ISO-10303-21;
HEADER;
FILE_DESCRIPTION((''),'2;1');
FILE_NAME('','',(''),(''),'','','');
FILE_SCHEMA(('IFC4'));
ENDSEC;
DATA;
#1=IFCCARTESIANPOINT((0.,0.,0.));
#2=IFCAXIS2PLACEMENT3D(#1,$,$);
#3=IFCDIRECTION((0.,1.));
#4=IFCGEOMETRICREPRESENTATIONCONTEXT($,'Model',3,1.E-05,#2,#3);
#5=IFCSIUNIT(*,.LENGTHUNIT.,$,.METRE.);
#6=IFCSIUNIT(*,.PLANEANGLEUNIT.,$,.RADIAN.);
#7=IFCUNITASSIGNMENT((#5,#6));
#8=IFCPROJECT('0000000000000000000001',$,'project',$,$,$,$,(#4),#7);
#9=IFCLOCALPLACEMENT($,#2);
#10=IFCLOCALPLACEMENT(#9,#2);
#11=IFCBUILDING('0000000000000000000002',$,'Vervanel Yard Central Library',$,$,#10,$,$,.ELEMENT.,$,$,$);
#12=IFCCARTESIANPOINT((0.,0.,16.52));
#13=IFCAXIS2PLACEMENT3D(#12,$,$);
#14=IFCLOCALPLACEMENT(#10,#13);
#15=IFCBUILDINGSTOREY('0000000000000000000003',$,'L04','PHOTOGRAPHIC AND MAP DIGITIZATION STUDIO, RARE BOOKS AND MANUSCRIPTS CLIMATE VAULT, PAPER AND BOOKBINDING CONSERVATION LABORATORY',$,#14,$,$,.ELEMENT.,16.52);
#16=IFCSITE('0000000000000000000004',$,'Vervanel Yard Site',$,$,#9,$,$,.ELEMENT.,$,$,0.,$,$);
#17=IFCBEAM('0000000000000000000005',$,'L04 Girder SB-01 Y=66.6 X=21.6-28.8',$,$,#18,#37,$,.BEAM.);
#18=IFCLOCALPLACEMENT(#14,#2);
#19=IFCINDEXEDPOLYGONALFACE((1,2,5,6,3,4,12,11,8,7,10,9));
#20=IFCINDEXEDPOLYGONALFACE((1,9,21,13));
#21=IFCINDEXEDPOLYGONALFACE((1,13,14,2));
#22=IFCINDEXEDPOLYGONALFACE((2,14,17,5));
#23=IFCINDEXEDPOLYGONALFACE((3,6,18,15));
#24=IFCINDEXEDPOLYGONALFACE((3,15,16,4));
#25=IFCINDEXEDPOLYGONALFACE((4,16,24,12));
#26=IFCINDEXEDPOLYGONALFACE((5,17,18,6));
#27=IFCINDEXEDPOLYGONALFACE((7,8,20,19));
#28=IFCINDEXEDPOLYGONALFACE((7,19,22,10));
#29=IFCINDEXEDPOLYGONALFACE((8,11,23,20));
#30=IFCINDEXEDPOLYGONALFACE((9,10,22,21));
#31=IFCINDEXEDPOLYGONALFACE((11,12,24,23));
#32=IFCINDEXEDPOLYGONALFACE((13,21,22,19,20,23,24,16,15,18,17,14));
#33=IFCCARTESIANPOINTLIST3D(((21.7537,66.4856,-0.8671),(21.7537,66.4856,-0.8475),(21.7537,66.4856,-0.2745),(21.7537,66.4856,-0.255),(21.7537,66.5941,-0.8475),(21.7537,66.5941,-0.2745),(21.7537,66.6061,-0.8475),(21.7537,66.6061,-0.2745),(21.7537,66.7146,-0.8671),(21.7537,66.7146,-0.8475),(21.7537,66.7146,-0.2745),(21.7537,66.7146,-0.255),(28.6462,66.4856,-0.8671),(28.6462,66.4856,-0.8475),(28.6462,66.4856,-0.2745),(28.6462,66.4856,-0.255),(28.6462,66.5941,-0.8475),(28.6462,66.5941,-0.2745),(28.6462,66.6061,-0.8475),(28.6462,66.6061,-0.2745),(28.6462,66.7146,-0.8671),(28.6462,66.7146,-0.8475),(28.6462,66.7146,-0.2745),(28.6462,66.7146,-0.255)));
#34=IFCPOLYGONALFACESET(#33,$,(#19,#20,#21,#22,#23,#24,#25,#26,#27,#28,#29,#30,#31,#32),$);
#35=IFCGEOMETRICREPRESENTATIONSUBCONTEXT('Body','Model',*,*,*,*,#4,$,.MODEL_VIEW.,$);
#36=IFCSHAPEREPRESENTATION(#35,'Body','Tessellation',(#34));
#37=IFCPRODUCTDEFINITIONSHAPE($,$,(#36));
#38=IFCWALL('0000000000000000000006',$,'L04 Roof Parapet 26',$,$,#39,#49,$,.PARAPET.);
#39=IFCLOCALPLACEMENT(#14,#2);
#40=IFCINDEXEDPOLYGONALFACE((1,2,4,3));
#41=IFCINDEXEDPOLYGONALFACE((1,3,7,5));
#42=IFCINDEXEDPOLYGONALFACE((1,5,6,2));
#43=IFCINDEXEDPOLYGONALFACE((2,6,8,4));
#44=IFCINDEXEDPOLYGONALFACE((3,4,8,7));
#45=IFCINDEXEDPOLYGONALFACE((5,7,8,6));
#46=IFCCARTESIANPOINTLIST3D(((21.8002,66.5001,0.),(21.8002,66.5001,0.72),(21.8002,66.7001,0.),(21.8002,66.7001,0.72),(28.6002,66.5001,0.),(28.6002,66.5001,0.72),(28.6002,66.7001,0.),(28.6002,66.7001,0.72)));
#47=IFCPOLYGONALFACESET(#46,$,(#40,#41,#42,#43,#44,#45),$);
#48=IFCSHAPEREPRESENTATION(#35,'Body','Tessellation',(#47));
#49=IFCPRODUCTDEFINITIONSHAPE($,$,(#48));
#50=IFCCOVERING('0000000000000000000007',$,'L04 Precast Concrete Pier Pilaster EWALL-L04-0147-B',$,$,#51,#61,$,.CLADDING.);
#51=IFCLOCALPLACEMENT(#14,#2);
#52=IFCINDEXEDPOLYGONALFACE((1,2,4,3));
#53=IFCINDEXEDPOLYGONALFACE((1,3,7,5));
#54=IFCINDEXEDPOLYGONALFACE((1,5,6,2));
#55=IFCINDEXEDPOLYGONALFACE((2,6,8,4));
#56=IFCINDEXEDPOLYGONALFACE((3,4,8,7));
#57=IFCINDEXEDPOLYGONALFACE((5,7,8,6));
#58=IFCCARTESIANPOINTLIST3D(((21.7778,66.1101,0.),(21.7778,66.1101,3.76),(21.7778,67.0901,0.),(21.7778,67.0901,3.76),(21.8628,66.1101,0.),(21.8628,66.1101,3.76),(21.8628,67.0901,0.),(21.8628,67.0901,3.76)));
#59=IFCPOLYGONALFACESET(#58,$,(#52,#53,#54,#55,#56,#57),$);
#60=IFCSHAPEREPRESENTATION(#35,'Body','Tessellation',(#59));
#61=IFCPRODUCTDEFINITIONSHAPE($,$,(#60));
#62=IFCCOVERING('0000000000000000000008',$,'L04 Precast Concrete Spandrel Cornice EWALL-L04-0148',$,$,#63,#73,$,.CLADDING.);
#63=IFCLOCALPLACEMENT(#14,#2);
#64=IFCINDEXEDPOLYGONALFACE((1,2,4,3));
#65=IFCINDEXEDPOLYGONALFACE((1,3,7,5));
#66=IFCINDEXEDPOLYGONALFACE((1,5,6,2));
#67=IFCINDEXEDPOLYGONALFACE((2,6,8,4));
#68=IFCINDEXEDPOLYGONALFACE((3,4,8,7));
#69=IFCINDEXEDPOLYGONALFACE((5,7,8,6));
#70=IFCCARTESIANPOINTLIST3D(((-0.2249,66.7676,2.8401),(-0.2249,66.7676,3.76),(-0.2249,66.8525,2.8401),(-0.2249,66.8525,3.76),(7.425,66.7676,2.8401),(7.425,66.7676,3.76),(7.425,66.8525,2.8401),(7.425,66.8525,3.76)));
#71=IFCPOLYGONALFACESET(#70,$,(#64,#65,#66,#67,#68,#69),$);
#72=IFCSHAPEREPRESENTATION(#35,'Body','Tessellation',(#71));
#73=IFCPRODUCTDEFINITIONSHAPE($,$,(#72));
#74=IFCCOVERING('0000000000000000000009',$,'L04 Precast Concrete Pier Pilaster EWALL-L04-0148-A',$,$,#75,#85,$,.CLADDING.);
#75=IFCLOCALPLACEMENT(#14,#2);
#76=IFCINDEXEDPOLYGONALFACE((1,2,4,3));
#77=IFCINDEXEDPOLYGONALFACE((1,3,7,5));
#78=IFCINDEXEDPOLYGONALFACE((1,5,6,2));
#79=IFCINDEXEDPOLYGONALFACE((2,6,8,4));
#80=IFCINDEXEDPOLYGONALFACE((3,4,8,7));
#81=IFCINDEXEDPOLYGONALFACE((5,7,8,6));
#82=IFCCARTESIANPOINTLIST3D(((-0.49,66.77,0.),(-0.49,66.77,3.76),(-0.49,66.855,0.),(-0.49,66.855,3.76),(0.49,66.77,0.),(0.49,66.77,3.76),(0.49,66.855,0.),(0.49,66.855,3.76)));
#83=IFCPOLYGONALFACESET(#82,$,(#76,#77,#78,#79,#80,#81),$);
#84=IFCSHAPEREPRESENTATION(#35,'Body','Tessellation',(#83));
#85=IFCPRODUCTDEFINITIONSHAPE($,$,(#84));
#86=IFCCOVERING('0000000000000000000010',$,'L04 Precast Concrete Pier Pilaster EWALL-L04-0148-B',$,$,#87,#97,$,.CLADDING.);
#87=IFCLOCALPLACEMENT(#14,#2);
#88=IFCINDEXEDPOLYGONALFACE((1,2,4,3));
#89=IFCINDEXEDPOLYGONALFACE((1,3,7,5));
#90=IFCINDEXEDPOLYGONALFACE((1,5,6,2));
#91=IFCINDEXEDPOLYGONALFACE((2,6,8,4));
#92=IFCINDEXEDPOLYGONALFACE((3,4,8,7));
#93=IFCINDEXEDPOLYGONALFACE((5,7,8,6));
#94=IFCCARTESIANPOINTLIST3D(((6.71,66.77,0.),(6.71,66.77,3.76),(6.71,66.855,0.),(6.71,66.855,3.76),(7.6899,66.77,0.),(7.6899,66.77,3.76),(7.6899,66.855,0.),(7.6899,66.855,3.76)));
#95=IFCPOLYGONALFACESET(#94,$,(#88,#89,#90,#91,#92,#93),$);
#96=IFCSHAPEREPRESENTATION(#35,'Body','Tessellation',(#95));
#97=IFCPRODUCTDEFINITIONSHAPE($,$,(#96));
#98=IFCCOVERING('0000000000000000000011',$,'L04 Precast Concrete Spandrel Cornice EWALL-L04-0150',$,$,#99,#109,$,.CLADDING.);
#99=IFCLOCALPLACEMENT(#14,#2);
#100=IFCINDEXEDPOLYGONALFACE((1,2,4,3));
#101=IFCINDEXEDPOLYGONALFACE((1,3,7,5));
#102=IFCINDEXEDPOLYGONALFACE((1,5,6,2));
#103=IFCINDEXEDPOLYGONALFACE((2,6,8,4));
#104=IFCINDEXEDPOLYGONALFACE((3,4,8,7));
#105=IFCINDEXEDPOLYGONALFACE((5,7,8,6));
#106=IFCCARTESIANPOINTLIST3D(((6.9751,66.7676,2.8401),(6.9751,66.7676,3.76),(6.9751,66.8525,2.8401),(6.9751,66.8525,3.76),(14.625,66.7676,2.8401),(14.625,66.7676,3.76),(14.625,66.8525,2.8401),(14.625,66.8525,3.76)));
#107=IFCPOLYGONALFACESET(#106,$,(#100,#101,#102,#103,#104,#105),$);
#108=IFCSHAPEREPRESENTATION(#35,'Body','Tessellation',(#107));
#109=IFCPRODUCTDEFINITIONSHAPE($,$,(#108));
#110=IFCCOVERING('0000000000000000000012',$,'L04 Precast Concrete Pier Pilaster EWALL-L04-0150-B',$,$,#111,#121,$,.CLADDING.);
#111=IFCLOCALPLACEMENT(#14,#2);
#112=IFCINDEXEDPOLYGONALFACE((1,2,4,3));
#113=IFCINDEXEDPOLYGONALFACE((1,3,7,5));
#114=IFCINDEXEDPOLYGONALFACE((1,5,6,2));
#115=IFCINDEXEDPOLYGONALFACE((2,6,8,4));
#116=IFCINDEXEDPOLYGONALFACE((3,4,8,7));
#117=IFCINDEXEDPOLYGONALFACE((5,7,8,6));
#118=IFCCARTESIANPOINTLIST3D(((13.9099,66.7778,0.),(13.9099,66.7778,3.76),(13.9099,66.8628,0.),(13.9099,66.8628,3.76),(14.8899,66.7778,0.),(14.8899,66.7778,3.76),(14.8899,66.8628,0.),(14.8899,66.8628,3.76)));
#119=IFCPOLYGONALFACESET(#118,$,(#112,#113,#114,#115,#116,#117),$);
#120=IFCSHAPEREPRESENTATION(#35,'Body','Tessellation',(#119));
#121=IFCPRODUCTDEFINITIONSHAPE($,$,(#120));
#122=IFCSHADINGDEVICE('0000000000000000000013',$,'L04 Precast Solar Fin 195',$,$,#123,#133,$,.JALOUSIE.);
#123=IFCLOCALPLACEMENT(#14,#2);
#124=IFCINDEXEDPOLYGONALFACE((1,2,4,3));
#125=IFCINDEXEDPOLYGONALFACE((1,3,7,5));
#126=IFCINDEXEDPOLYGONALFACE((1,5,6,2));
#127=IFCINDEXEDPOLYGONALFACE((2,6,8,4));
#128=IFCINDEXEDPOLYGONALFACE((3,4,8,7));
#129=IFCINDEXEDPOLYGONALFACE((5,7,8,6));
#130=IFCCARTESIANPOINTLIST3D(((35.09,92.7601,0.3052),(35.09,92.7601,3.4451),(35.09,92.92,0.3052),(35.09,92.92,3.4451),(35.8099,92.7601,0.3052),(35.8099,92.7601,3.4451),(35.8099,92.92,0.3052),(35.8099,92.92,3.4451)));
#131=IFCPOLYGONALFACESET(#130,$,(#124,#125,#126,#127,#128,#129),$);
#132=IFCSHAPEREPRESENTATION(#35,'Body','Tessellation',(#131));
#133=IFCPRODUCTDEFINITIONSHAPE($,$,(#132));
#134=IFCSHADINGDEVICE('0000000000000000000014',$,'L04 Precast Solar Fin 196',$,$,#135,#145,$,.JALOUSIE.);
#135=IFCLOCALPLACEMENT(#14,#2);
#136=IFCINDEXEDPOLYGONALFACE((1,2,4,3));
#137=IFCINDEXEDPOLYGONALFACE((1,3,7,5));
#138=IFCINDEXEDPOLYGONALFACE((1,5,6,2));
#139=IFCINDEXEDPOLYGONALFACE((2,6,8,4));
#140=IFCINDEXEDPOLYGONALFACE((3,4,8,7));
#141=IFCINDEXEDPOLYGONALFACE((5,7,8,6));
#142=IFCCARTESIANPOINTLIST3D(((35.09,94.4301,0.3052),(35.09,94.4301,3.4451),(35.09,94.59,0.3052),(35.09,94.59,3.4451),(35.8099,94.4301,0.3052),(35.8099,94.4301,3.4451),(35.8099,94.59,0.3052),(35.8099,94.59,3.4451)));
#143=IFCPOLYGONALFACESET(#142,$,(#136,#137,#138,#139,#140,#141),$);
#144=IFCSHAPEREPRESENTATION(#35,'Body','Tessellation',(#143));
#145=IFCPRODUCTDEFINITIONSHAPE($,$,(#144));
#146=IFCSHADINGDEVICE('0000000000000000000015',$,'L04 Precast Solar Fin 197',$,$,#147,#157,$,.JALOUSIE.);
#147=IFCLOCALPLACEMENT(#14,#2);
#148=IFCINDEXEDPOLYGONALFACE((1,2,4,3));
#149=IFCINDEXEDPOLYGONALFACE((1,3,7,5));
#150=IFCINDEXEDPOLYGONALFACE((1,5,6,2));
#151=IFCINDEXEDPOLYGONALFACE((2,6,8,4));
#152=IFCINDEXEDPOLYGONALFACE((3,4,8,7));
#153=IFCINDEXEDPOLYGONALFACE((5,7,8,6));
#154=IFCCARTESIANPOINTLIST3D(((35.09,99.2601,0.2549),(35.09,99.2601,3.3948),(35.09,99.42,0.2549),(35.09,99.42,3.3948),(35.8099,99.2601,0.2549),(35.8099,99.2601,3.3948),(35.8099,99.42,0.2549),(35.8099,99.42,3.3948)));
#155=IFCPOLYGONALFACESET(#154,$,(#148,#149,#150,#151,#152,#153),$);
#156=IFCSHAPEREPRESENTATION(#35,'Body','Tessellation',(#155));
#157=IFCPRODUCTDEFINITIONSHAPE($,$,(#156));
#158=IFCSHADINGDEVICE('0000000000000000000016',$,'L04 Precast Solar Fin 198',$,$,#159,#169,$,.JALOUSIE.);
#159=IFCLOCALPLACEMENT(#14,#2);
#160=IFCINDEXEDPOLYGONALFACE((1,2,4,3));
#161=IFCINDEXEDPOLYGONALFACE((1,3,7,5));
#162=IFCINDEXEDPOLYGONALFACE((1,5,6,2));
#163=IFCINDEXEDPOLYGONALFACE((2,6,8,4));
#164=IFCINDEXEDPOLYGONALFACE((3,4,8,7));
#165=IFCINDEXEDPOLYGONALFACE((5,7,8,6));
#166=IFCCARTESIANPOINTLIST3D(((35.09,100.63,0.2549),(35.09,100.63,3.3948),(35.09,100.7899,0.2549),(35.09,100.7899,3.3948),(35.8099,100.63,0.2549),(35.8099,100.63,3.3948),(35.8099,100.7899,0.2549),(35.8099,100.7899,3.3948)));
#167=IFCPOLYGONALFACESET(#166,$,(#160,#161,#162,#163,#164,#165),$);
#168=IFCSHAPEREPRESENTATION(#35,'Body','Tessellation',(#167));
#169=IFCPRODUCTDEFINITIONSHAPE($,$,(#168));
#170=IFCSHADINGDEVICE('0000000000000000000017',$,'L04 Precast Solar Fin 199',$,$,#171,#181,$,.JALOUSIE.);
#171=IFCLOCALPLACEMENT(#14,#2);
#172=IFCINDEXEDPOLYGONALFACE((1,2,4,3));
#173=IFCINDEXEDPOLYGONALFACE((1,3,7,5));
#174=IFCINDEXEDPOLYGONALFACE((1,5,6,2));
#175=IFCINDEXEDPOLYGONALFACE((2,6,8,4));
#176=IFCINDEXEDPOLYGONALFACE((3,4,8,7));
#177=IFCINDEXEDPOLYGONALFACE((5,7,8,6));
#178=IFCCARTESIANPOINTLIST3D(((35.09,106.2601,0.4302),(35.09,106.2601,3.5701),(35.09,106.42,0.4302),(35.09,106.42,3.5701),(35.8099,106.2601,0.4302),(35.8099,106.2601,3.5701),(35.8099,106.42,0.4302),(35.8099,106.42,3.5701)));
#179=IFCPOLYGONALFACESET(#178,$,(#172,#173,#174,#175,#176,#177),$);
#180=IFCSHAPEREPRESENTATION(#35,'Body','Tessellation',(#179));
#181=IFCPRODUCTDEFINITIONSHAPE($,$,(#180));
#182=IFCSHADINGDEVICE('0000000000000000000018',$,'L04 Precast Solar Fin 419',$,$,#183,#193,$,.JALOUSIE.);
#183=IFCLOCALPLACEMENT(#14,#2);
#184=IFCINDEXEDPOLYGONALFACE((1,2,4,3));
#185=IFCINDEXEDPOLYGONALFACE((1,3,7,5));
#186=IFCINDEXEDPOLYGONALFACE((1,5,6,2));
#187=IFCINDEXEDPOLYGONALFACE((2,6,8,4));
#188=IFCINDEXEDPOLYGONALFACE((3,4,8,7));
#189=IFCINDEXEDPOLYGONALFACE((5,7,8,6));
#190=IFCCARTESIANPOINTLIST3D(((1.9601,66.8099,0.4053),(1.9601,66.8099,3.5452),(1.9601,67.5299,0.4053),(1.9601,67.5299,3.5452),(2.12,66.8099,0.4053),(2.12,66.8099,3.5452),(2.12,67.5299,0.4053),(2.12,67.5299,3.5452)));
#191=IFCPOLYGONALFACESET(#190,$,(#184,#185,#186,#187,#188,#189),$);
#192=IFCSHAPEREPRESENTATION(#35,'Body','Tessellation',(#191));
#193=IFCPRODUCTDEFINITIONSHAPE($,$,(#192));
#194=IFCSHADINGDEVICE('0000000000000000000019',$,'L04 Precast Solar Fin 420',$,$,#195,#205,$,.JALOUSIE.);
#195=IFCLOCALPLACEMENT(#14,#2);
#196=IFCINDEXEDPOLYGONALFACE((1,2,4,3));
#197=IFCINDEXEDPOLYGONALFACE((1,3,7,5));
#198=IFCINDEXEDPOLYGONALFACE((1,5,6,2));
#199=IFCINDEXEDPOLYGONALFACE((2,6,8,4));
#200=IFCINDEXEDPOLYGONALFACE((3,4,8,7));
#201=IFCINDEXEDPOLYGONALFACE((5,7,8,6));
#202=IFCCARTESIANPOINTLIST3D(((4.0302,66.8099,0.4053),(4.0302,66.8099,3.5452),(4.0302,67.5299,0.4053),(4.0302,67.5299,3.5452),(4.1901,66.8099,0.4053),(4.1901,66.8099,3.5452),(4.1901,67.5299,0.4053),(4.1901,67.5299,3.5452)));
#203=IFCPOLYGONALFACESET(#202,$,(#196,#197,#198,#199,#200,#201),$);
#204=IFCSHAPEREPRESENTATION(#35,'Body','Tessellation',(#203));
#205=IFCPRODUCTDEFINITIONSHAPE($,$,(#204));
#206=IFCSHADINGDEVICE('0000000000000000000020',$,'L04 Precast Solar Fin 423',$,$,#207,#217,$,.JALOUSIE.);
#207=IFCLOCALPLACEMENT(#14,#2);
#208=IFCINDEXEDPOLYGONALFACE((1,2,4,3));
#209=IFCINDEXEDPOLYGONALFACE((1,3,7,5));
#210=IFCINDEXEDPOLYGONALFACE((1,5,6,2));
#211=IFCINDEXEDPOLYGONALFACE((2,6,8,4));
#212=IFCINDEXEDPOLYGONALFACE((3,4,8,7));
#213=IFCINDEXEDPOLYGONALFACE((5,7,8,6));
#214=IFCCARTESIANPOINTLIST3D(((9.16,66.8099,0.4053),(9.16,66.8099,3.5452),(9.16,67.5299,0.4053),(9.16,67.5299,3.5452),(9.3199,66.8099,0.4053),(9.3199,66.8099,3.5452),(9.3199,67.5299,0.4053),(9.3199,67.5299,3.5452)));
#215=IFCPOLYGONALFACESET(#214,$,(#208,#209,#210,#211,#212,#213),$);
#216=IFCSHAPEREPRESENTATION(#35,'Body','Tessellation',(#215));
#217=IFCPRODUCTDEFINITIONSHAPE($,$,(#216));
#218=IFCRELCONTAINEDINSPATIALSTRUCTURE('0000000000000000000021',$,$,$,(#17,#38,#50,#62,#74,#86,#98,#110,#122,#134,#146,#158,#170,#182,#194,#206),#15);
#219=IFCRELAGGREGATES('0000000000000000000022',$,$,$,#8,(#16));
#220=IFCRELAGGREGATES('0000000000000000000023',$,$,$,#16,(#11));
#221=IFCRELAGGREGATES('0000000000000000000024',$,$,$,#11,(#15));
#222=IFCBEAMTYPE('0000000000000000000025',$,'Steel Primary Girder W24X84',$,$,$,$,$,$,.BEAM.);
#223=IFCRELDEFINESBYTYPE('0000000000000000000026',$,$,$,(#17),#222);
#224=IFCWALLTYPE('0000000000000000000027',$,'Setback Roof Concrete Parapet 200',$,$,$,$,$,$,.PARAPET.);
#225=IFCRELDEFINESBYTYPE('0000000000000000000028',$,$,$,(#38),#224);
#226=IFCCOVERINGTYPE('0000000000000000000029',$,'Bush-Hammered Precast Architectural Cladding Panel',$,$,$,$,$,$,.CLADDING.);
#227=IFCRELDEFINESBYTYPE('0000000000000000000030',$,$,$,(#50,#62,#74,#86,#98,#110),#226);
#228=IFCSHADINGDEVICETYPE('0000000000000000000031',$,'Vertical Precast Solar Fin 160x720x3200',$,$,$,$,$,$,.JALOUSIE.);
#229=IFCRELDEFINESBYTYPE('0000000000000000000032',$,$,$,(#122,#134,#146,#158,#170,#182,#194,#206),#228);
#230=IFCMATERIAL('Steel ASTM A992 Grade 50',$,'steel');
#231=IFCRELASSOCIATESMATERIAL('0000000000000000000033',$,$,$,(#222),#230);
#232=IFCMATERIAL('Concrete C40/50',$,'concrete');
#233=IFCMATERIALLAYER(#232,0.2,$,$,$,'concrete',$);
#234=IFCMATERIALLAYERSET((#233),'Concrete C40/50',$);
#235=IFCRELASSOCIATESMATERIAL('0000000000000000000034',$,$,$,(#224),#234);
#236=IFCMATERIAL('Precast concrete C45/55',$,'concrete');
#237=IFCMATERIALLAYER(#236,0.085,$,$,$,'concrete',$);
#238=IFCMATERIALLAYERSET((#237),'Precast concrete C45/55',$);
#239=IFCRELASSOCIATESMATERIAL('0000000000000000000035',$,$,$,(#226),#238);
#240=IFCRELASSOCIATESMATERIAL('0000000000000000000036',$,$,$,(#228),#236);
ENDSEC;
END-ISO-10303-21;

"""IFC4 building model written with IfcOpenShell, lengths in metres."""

from ifc_helpers import new_model, si_unit, direction, frame, frame_2d, origin, origin_2d, place, context, subcontext, project, spatial, rectangle, i_section, extrude, material, layer, layer_set, material_profile, profile_set, type_object, element, save


model = new_model("IFC4")

# Units and contexts
model_context = context("Model", 3, precision=1e-05, world=origin(), true_north=direction((0.0, 1.0)))
body_context = subcontext(model_context, "Body", "Model", "MODEL_VIEW")
ifc_project = project(units=[si_unit("LENGTHUNIT", "METRE"), si_unit("PLANEANGLEUNIT", "RADIAN")], contexts=[model_context])

# Site, building, storey
site_placement = place(None, origin())
site = spatial("IfcSite", under=ifc_project, at=site_placement, Name="Vervanel Yard Site", CompositionType="ELEMENT", RefElevation=0.0)
building_placement = place(site_placement, origin())
building = spatial("IfcBuilding", under=site, at=building_placement, Name="Vervanel Yard Central Library", CompositionType="ELEMENT")
storey_placement = place(building_placement, frame((0.0, 0.0, 16.52)))
storey = spatial("IfcBuildingStorey", under=building, at=storey_placement, Name="L04", Description="PHOTOGRAPHIC AND MAP DIGITIZATION STUDIO, RARE BOOKS AND MANUSCRIPTS CLIMATE VAULT, PAPER AND BOOKBINDING CONSERVATION LABORATORY", CompositionType="ELEMENT", Elevation=16.52)

# Beam
ifc_material_1 = material(Name="Steel ASTM A992 Grade 50", Category="steel")
ifc_material_profile = material_profile(ifc_material_1, i_section(OverallWidth=0.229, OverallDepth=0.6121, WebThickness=0.012, FlangeThickness=0.0195, at=origin_2d()), Name="W24X84", Category="steel")
ifc_profile_set = profile_set([ifc_material_profile], Name="Steel ASTM A992 Grade 50")
beam_type = type_object("IfcBeamType", Name="Steel Primary Girder W24X84", PredefinedType="BEAM", material=ifc_profile_set)
beam_placement = place(storey_placement, frame((21.7537, 66.6001, -0.561), z_axis=(1.0, 0.0, 0.0), x_axis=(0.0, 1.0, 0.0)))
element("IfcBeam", 1, at=beam_placement, inside=storey, type_object=beam_type, Name="L04 Girder SB-01 Y=66.6 X=21.6-28.8", PredefinedType="BEAM", context=body_context, shape_type="SweptSolid", body=[
    extrude(i_section(OverallWidth=0.229, OverallDepth=0.6121, WebThickness=0.012, FlangeThickness=0.0195, at=origin_2d()), origin(), (0.0, 0.0, 1.0), 6.8926),
])

# Wall
ifc_material_2 = material(Name="Concrete C40/50", Category="concrete")
ifc_layer_1 = layer(ifc_material_2, 0.2, Category="concrete")
ifc_layer_set_1 = layer_set([ifc_layer_1], Name="Concrete C40/50")
wall_type = type_object("IfcWallType", Name="Setback Roof Concrete Parapet 200", PredefinedType="PARAPET", material=ifc_layer_set_1)
wall_placement = place(storey_placement, frame((28.6001, 66.6001, 0.0), z_axis=(0.0, 0.0, 1.0), x_axis=(-1.0, 0.0, 0.0)))
element("IfcWall", 2, at=wall_placement, inside=storey, type_object=wall_type, Name="L04 Roof Parapet 26", PredefinedType="PARAPET", context=body_context, shape_type="SweptSolid", body=[
    extrude(rectangle(XDim=6.8, YDim=0.2, at=frame_2d((3.3999, 0.0))), origin(), (0.0, 0.0, 1.0), 0.72),
])

# Coverings
ifc_material_3 = material(Name="Precast concrete C45/55", Category="concrete")
ifc_layer_2 = layer(ifc_material_3, 0.085, Category="concrete")
ifc_layer_set_2 = layer_set([ifc_layer_2], Name="Precast concrete C45/55")
covering_type = type_object("IfcCoveringType", Name="Bush-Hammered Precast Architectural Cladding Panel", PredefinedType="CLADDING", material=ifc_layer_set_2)
covering_1_placement = place(storey_placement, frame((21.8203, 66.6001, 0.0), z_axis=(0.0, 0.0, 1.0), x_axis=(0.0, 1.0, 0.0)))
element("IfcCovering", 3, at=covering_1_placement, inside=storey, type_object=covering_type, Name="L04 Precast Concrete Pier Pilaster EWALL-L04-0147-B", PredefinedType="CLADDING", context=body_context, shape_type="SweptSolid", body=[
    extrude(rectangle(XDim=0.98, YDim=0.085, at=origin_2d()), origin(), (0.0, 0.0, 1.0), 3.76),
])
covering_2_placement = place(storey_placement, frame((3.6001, 66.8101, 2.8401), z_axis=(0.0, 0.0, 1.0), x_axis=(1.0, 0.0, 0.0)))
element("IfcCovering", 4, at=covering_2_placement, inside=storey, type_object=covering_type, Name="L04 Precast Concrete Spandrel Cornice EWALL-L04-0148", PredefinedType="CLADDING", context=body_context, shape_type="SweptSolid", body=[
    extrude(rectangle(XDim=7.6499, YDim=0.085, at=origin_2d()), origin(), (0.0, 0.0, 1.0), 0.9199),
])
for number, where, z_axis, x_axis, name in (
    (5, (0.0, 66.8125, 0.0), (0.0, 0.0, 1.0), (1.0, 0.0, 0.0), "L04 Precast Concrete Pier Pilaster EWALL-L04-0148-A"),
    (6, (7.2, 66.8125, 0.0), (0.0, 0.0, 1.0), (1.0, 0.0, 0.0), "L04 Precast Concrete Pier Pilaster EWALL-L04-0148-B"),
):
    element("IfcCovering", number, at=place(storey_placement, frame(where, z_axis=z_axis, x_axis=x_axis)), inside=storey, type_object=covering_type, Name=name, PredefinedType="CLADDING", context=body_context, shape_type="SweptSolid", body=[
        extrude(rectangle(XDim=0.98, YDim=0.085, at=origin_2d()), origin(), (0.0, 0.0, 1.0), 3.76),
    ])
covering_3_placement = place(storey_placement, frame((10.8, 66.8101, 2.8401), z_axis=(0.0, 0.0, 1.0), x_axis=(1.0, 0.0, 0.0)))
element("IfcCovering", 7, at=covering_3_placement, inside=storey, type_object=covering_type, Name="L04 Precast Concrete Spandrel Cornice EWALL-L04-0150", PredefinedType="CLADDING", context=body_context, shape_type="SweptSolid", body=[
    extrude(rectangle(XDim=7.6499, YDim=0.085, at=origin_2d()), origin(), (0.0, 0.0, 1.0), 0.9199),
])
covering_4_placement = place(storey_placement, frame((14.3999, 66.8203, 0.0), z_axis=(0.0, 0.0, 1.0), x_axis=(1.0, 0.0, 0.0)))
element("IfcCovering", 8, at=covering_4_placement, inside=storey, type_object=covering_type, Name="L04 Precast Concrete Pier Pilaster EWALL-L04-0150-B", PredefinedType="CLADDING", context=body_context, shape_type="SweptSolid", body=[
    extrude(rectangle(XDim=0.98, YDim=0.085, at=origin_2d()), origin(), (0.0, 0.0, 1.0), 3.76),
])

# Shading devices
shading_device_type = type_object("IfcShadingDeviceType", Name="Vertical Precast Solar Fin 160x720x3200", PredefinedType="JALOUSIE", material=ifc_material_3)
for number, where, z_axis, x_axis, name in (
    (9, (35.45, 92.8401, 0.3052), (0.0, 0.0, 1.0), (0.0, 1.0, 0.0), "L04 Precast Solar Fin 195"),
    (10, (35.45, 94.51, 0.3052), (0.0, 0.0, 1.0), (0.0, 1.0, 0.0), "L04 Precast Solar Fin 196"),
    (11, (35.45, 99.3401, 0.2549), (0.0, 0.0, 1.0), (0.0, 1.0, 0.0), "L04 Precast Solar Fin 197"),
    (12, (35.45, 100.71, 0.2549), (0.0, 0.0, 1.0), (0.0, 1.0, 0.0), "L04 Precast Solar Fin 198"),
    (13, (35.45, 106.3401, 0.4302), (0.0, 0.0, 1.0), (0.0, 1.0, 0.0), "L04 Precast Solar Fin 199"),
    (14, (2.04, 67.1699, 0.4053), (0.0, 0.0, 1.0), (1.0, 0.0, 0.0), "L04 Precast Solar Fin 419"),
    (15, (4.1101, 67.1699, 0.4053), (0.0, 0.0, 1.0), (1.0, 0.0, 0.0), "L04 Precast Solar Fin 420"),
    (16, (9.24, 67.1699, 0.4053), (0.0, 0.0, 1.0), (1.0, 0.0, 0.0), "L04 Precast Solar Fin 423"),
):
    element("IfcShadingDevice", number, at=place(storey_placement, frame(where, z_axis=z_axis, x_axis=x_axis)), inside=storey, type_object=shading_device_type, Name=name, PredefinedType="JALOUSIE", context=body_context, shape_type="SweptSolid", body=[
        extrude(rectangle(XDim=0.1599, YDim=0.72, at=origin_2d()), origin(), (0.0, 0.0, 1.0), 3.1399),
    ])

save(model, "model.ifc")
